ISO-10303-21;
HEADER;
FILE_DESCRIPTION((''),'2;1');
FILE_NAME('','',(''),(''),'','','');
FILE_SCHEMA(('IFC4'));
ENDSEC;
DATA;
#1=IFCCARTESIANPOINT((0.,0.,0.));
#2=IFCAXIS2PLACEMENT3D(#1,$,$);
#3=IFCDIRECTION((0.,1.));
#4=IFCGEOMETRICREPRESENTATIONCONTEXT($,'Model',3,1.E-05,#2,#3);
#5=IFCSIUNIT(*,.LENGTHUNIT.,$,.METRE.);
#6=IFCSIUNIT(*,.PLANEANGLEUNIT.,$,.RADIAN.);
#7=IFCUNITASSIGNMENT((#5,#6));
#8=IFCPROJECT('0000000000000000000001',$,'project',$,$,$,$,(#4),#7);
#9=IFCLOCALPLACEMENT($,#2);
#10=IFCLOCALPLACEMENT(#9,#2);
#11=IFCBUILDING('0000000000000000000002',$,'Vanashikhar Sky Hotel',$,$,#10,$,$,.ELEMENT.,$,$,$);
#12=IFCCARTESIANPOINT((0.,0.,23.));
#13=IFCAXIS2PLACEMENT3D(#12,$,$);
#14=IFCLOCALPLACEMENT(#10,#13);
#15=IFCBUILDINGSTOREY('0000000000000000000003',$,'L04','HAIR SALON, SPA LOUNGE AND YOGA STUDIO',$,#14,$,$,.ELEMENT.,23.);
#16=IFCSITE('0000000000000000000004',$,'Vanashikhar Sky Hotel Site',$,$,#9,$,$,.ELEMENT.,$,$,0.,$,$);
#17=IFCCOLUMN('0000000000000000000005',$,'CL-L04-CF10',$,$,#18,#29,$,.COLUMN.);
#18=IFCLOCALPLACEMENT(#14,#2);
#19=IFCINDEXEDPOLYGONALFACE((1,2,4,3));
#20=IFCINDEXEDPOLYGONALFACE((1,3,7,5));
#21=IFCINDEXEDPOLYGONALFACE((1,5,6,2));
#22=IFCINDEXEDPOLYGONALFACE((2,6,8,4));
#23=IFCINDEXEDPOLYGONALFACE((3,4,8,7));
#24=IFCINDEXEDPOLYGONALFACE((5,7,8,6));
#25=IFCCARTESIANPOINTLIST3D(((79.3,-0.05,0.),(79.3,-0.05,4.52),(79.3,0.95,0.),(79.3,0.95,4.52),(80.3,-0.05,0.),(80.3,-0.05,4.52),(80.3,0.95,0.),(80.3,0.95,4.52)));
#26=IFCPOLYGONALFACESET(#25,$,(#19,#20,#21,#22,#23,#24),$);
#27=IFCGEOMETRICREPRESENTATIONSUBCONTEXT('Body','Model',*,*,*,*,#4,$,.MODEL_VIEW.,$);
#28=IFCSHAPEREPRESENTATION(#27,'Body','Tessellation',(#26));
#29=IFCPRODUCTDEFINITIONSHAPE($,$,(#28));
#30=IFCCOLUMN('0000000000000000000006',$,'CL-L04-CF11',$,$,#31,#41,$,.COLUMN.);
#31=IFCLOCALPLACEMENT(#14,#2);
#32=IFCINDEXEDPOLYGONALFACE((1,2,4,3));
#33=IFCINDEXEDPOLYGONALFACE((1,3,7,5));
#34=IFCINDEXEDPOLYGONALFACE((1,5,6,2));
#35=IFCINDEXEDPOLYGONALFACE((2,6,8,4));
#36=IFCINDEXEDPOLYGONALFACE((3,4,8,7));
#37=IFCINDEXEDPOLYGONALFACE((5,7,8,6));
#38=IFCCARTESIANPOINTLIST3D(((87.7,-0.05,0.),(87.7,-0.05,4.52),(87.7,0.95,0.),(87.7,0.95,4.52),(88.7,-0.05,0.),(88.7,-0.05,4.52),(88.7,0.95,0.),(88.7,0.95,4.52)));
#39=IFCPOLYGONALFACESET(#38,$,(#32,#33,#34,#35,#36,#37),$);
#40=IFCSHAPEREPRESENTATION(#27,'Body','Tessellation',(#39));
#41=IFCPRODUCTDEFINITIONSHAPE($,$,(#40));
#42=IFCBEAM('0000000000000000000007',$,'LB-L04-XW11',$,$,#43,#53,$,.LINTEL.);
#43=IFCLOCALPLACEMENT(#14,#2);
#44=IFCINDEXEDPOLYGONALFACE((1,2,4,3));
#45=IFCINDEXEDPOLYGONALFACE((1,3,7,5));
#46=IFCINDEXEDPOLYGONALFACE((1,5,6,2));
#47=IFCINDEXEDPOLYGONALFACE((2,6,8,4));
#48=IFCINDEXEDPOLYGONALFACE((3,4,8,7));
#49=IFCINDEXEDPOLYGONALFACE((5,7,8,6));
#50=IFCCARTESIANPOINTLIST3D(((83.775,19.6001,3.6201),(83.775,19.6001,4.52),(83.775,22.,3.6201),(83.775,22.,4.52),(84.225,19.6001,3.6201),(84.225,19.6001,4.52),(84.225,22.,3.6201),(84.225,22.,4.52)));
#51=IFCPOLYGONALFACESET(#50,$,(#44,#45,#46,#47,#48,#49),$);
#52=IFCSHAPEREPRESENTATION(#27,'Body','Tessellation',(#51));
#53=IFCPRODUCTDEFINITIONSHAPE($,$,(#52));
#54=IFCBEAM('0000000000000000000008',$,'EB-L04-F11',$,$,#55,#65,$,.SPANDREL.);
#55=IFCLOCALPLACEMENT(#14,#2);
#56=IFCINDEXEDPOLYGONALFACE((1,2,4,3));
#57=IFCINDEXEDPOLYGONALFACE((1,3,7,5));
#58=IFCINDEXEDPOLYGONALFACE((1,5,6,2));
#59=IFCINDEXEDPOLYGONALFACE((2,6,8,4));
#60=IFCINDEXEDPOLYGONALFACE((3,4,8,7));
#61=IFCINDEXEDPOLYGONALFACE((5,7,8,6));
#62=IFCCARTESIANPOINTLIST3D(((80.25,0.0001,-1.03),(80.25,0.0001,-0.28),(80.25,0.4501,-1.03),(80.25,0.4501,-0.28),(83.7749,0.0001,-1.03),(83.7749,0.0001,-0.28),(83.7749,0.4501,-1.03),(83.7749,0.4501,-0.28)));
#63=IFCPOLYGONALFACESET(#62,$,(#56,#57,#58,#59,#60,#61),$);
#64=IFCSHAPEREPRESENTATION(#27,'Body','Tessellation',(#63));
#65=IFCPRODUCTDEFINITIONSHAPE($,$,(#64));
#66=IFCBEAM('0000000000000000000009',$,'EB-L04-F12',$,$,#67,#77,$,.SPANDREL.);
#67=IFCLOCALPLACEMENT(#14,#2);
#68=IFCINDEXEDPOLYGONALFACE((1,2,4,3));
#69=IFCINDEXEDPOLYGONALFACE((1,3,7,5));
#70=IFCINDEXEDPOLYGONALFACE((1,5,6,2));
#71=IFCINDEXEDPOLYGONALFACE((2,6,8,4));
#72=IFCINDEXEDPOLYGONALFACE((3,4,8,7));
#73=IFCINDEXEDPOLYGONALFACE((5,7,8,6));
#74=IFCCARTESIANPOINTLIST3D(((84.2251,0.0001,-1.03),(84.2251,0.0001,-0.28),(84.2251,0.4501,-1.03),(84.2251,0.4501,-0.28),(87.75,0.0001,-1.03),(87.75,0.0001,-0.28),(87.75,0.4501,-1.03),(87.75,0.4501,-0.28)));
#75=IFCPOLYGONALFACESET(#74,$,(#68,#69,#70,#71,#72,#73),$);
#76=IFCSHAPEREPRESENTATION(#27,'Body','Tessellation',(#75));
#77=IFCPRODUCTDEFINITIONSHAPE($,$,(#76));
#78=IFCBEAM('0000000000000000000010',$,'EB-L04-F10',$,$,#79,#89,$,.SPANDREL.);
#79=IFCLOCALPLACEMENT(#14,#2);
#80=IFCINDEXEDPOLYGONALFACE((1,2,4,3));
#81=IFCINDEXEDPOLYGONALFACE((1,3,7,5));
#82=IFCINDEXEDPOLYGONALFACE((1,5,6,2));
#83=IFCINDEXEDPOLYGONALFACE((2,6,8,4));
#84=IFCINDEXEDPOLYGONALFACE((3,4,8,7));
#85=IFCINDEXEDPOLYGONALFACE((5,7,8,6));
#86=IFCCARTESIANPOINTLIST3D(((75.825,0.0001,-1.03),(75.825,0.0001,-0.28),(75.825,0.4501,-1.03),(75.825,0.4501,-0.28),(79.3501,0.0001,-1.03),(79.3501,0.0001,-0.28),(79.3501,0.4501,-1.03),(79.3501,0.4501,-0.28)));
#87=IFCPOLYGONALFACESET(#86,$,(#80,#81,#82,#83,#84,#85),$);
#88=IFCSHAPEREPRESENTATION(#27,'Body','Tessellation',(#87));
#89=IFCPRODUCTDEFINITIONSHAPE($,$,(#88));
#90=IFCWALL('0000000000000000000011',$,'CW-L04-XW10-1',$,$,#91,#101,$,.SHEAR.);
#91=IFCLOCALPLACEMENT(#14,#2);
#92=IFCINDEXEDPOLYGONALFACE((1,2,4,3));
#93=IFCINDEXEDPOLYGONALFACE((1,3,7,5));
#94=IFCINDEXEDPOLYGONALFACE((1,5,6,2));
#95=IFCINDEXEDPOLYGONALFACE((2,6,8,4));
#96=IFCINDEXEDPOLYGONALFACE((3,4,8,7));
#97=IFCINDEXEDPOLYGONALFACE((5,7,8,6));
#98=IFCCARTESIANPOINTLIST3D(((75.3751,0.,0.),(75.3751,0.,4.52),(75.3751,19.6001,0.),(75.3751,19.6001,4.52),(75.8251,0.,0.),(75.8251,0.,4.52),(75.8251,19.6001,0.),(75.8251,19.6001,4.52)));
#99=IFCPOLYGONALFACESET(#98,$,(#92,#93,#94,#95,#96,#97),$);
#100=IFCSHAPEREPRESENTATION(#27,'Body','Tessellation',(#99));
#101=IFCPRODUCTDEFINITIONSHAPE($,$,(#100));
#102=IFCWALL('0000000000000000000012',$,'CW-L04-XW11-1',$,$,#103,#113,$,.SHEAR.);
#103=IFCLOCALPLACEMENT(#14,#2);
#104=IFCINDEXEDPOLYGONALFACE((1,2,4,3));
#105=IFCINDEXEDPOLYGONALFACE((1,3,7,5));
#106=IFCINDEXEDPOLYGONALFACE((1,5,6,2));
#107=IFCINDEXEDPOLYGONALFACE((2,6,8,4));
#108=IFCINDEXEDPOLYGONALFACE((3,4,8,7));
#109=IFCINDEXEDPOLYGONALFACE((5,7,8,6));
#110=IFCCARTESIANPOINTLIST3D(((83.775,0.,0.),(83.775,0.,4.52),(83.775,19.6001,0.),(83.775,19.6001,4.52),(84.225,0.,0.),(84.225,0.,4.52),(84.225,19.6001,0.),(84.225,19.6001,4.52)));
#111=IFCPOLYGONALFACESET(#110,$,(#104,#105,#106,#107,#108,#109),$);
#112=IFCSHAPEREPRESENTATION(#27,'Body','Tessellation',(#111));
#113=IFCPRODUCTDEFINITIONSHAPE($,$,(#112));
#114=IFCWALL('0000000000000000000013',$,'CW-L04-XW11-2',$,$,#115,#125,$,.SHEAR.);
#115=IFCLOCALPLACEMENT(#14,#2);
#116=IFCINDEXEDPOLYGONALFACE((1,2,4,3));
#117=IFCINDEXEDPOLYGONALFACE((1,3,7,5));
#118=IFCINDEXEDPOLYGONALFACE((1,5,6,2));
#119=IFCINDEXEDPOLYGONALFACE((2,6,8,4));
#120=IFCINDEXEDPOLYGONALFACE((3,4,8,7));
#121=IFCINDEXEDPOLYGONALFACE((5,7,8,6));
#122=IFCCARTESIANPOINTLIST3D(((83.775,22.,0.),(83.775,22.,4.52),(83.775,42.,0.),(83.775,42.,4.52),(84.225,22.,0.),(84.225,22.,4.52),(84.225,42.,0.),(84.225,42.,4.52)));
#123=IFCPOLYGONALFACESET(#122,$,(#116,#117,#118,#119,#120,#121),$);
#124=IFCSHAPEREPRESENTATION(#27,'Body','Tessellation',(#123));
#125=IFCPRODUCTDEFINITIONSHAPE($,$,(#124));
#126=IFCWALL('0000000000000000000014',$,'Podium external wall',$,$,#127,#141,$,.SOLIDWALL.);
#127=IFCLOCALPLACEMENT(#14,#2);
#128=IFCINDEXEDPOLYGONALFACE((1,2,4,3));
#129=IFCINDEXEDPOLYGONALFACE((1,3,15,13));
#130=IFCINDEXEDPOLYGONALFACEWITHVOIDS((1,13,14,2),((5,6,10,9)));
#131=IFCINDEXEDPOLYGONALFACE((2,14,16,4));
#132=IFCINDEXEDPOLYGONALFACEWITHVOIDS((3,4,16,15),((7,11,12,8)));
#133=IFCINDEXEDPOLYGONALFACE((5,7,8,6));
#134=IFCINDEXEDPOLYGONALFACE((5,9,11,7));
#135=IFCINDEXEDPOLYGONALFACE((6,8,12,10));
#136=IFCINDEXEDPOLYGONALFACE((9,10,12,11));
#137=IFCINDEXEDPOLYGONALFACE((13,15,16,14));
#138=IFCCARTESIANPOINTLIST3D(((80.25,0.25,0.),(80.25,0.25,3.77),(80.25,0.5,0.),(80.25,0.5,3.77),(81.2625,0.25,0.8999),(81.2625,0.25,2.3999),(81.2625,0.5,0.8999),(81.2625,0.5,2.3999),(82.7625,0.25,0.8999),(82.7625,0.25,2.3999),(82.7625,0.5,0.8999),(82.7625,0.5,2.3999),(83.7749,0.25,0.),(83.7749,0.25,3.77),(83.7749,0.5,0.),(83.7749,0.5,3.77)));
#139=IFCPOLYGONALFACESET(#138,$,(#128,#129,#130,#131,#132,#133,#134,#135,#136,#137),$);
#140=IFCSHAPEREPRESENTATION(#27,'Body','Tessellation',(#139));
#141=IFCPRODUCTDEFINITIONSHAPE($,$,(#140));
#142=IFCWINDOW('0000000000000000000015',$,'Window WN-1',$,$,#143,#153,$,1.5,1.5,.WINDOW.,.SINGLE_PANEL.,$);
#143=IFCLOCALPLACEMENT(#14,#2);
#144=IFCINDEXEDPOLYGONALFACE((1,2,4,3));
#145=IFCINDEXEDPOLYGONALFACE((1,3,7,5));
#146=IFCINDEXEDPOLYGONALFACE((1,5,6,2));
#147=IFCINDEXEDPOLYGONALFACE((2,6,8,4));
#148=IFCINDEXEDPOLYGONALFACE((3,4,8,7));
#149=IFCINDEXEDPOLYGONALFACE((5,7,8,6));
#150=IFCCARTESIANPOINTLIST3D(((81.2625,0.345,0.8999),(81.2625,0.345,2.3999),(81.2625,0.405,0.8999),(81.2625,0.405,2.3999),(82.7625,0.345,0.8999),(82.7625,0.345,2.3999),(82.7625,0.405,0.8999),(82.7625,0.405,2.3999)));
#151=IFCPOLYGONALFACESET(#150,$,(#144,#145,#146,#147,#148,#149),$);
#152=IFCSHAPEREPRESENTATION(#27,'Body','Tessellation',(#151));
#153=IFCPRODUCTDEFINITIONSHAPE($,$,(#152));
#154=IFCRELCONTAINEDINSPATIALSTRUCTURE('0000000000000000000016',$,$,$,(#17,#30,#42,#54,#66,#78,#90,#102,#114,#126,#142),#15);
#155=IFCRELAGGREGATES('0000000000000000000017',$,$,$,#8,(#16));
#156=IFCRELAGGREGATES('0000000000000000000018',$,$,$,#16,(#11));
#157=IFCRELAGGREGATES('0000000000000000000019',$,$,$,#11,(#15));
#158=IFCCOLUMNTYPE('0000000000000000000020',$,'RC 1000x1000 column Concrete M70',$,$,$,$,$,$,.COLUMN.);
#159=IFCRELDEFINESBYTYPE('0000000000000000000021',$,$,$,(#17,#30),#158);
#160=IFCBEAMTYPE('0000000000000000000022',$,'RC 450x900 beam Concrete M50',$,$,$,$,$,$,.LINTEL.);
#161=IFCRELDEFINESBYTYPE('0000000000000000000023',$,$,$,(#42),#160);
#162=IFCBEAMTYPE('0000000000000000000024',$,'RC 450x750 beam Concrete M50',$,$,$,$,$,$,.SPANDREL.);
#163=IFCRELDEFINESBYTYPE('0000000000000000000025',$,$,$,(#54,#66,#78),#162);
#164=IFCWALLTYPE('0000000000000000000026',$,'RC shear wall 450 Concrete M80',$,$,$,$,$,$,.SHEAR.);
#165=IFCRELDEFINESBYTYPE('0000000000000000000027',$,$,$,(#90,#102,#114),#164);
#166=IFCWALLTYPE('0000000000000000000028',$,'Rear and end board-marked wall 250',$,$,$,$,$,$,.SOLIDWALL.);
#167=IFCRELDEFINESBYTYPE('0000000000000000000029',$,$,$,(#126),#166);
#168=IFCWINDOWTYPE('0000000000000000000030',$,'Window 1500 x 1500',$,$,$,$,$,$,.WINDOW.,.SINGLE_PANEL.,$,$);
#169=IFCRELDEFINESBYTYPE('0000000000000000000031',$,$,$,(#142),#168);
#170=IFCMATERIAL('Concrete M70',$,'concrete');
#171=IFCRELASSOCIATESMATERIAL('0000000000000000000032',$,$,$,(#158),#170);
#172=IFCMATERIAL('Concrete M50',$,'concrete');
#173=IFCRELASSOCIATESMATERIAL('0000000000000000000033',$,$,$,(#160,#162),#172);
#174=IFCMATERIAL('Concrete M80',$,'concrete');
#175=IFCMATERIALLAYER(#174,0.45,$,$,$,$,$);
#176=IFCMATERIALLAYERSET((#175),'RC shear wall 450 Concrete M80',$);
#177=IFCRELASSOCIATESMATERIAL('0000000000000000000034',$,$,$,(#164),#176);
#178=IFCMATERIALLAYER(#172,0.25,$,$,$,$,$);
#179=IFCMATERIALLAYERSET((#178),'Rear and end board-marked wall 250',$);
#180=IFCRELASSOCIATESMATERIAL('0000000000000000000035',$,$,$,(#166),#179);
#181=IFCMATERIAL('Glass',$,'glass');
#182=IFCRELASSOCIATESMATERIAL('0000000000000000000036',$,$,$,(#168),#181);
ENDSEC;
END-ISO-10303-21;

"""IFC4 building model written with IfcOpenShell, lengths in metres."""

from ifc_helpers import new_model, si_unit, direction, frame, frame_2d, origin, origin_2d, place, context, subcontext, project, spatial, rectangle, extrude, source, transform, mapped, material, layer, layer_set, material_profile, profile_set, type_object, element, fill, save


model = new_model("IFC4")

# Units and contexts
model_context = context("Model", 3, precision=1e-05, world=origin(), true_north=direction((0.0, 1.0)))
body_context = subcontext(model_context, "Body", "Model", "MODEL_VIEW")
ifc_project = project(units=[si_unit("LENGTHUNIT", "METRE"), si_unit("PLANEANGLEUNIT", "RADIAN")], contexts=[model_context])

# Site, building, storey
site_placement = place(None, origin())
site = spatial("IfcSite", under=ifc_project, at=site_placement, Name="Vanashikhar Sky Hotel Site", CompositionType="ELEMENT", RefElevation=0.0)
building_placement = place(site_placement, origin())
building = spatial("IfcBuilding", under=site, at=building_placement, Name="Vanashikhar Sky Hotel", CompositionType="ELEMENT")
storey_placement = place(building_placement, frame((0.0, 0.0, 23.0)))
storey = spatial("IfcBuildingStorey", under=building, at=storey_placement, Name="L04", Description="HAIR SALON, SPA LOUNGE AND YOGA STUDIO", CompositionType="ELEMENT", Elevation=23.0)

# Columns
ifc_material_1 = material(Name="Concrete M70", Category="concrete")
ifc_material_profile_1 = material_profile(ifc_material_1, rectangle(XDim=1.0, YDim=1.0, at=origin_2d()))
ifc_profile_set_1 = profile_set([ifc_material_profile_1], Name="RC 1000x1000 column Concrete M70")
column_type = type_object("IfcColumnType", Name="RC 1000x1000 column Concrete M70", PredefinedType="COLUMN", material=ifc_profile_set_1)
shared_shape_1 = source(origin(), body_context, "Body", "SweptSolid", [
    extrude(rectangle(XDim=1.0, YDim=1.0, at=origin_2d()), origin(), (0.0, 0.0, 1.0), 4.52),
])
for number, where, z_axis, x_axis, name in (
    (1, (79.8, 0.45, 0.0), (0.0, 0.0, 1.0), (1.0, 0.0, 0.0), "CL-L04-CF10"),
    (2, (88.2, 0.45, 0.0), (0.0, 0.0, 1.0), (1.0, 0.0, 0.0), "CL-L04-CF11"),
):
    element("IfcColumn", number, at=place(storey_placement, frame(where, z_axis=z_axis, x_axis=x_axis)), inside=storey, type_object=column_type, Name=name, PredefinedType="COLUMN", context=body_context, shape_type="MappedRepresentation", body=[
        mapped(shared_shape_1, transform((0.0, 0.0, 0.0), scale=1.0)),
    ])

# Beams
ifc_material_2 = material(Name="Concrete M50", Category="concrete")
ifc_material_profile_2 = material_profile(ifc_material_2, rectangle(XDim=0.45, YDim=0.8999, at=origin_2d()))
ifc_profile_set_2 = profile_set([ifc_material_profile_2], Name="RC 450x900 beam Concrete M50")
beam_type_1 = type_object("IfcBeamType", Name="RC 450x900 beam Concrete M50", PredefinedType="LINTEL", material=ifc_profile_set_2)
shared_shape_2 = source(origin(), body_context, "Body", "SweptSolid", [
    extrude(rectangle(XDim=0.45, YDim=0.8999, at=origin_2d()), origin(), (0.0, 0.0, 1.0), 2.3999),
])
beam_1_placement = place(storey_placement, frame((84.0, 19.6001, 4.0701), z_axis=(0.0, 1.0, 0.0), x_axis=(-1.0, 0.0, 0.0)))
element("IfcBeam", 3, at=beam_1_placement, inside=storey, type_object=beam_type_1, Name="LB-L04-XW11", PredefinedType="LINTEL", context=body_context, shape_type="MappedRepresentation", body=[
    mapped(shared_shape_2, transform((0.0, 0.0, 0.0), scale=1.0)),
])
ifc_material_profile_3 = material_profile(ifc_material_2, rectangle(XDim=0.45, YDim=0.75, at=origin_2d()))
ifc_profile_set_3 = profile_set([ifc_material_profile_3], Name="RC 450x750 beam Concrete M50")
beam_type_2 = type_object("IfcBeamType", Name="RC 450x750 beam Concrete M50", PredefinedType="SPANDREL", material=ifc_profile_set_3)
shared_shape_3 = source(origin(), body_context, "Body", "SweptSolid", [
    extrude(rectangle(XDim=0.45, YDim=0.75, at=origin_2d()), origin(), (0.0, 0.0, 1.0), 3.5249),
])
for number, where, z_axis, x_axis, name in (
    (4, (80.25, 0.2251, -0.655), (1.0, 0.0, 0.0), (0.0, 1.0, 0.0), "EB-L04-F11"),
    (5, (84.2251, 0.2251, -0.655), (1.0, 0.0, 0.0), (0.0, 1.0, 0.0), "EB-L04-F12"),
):
    element("IfcBeam", number, at=place(storey_placement, frame(where, z_axis=z_axis, x_axis=x_axis)), inside=storey, type_object=beam_type_2, Name=name, PredefinedType="SPANDREL", context=body_context, shape_type="MappedRepresentation", body=[
        mapped(shared_shape_3, transform((0.0, 0.0, 0.0), scale=1.0)),
    ])
shared_shape_4 = source(origin(), body_context, "Body", "SweptSolid", [
    extrude(rectangle(XDim=0.45, YDim=0.75, at=origin_2d()), origin(), (0.0, 0.0, 1.0), 3.5251),
])
beam_2_placement = place(storey_placement, frame((75.825, 0.2251, -0.655), z_axis=(1.0, 0.0, 0.0), x_axis=(0.0, 1.0, 0.0)))
element("IfcBeam", 6, at=beam_2_placement, inside=storey, type_object=beam_type_2, Name="EB-L04-F10", PredefinedType="SPANDREL", context=body_context, shape_type="MappedRepresentation", body=[
    mapped(shared_shape_4, transform((0.0, 0.0, 0.0), scale=1.0)),
])

# Walls
ifc_material_3 = material(Name="Concrete M80", Category="concrete")
ifc_layer_1 = layer(ifc_material_3, 0.45)
ifc_layer_set_1 = layer_set([ifc_layer_1], Name="RC shear wall 450 Concrete M80")
wall_type_1 = type_object("IfcWallType", Name="RC shear wall 450 Concrete M80", PredefinedType="SHEAR", material=ifc_layer_set_1)
shared_shape_5 = source(origin(), body_context, "Body", "SweptSolid", [
    extrude(rectangle(XDim=19.6001, YDim=0.45, at=frame_2d((9.8, 0.0))), origin(), (0.0, 0.0, 1.0), 4.52),
])
for number, where, z_axis, x_axis, name in (
    (7, (75.6001, 0.0, 0.0), (0.0, 0.0, 1.0), (0.0, 1.0, 0.0), "CW-L04-XW10-1"),
    (8, (84.0, 0.0, 0.0), (0.0, 0.0, 1.0), (0.0, 1.0, 0.0), "CW-L04-XW11-1"),
):
    element("IfcWall", number, at=place(storey_placement, frame(where, z_axis=z_axis, x_axis=x_axis)), inside=storey, type_object=wall_type_1, Name=name, PredefinedType="SHEAR", context=body_context, shape_type="MappedRepresentation", body=[
        mapped(shared_shape_5, transform((0.0, 0.0, 0.0), scale=1.0)),
    ])
shared_shape_6 = source(origin(), body_context, "Body", "SweptSolid", [
    extrude(rectangle(XDim=20.0, YDim=0.45, at=frame_2d((10.0, 0.0))), origin(), (0.0, 0.0, 1.0), 4.52),
])
wall_1_placement = place(storey_placement, frame((84.0, 22.0, 0.0), z_axis=(0.0, 0.0, 1.0), x_axis=(0.0, 1.0, 0.0)))
element("IfcWall", 9, at=wall_1_placement, inside=storey, type_object=wall_type_1, Name="CW-L04-XW11-2", PredefinedType="SHEAR", context=body_context, shape_type="MappedRepresentation", body=[
    mapped(shared_shape_6, transform((0.0, 0.0, 0.0), scale=1.0)),
])

# Wall, opening, window
ifc_layer_2 = layer(ifc_material_2, 0.25)
ifc_layer_set_2 = layer_set([ifc_layer_2], Name="Rear and end board-marked wall 250")
wall_type_2 = type_object("IfcWallType", Name="Rear and end board-marked wall 250", PredefinedType="SOLIDWALL", material=ifc_layer_set_2)
shared_shape_7 = source(origin(), body_context, "Body", "SweptSolid", [
    extrude(rectangle(XDim=3.5249, YDim=0.25, at=frame_2d((1.7625, 0.0))), origin(), (0.0, 0.0, 1.0), 3.77),
])
wall_2_placement = place(storey_placement, frame((80.25, 0.375, 0.0), z_axis=(0.0, 0.0, 1.0), x_axis=(1.0, 0.0, 0.0)))
wall_2 = element("IfcWall", 10, at=wall_2_placement, inside=storey, type_object=wall_type_2, Name="Podium external wall", PredefinedType="SOLIDWALL", context=body_context, shape_type="MappedRepresentation", body=[
    mapped(shared_shape_7, transform((0.0, 0.0, 0.0), scale=1.0)),
])
shared_shape_8 = source(origin(), body_context, "Body", "SweptSolid", [
    extrude(rectangle(XDim=1.5, YDim=1.5, at=frame_2d((0.75, 0.75))), frame((0.0, 0.135, 0.0), z_axis=(0.0, -1.0, 0.0), x_axis=(1.0, 0.0, 0.0)), (0.0, 0.0, 1.0), 0.27),
])
opening_1_placement = place(wall_2_placement, frame((1.0125, 0.0, 0.8999)))
opening_1 = element("IfcOpeningElement", 11, at=opening_1_placement, cuts=wall_2, PredefinedType="OPENING", context=body_context, shape_type="MappedRepresentation", body=[
    mapped(shared_shape_8, transform((0.0, 0.0, 0.0), scale=1.0)),
])
ifc_material_4 = material(Name="Glass", Category="glass")
window_type = type_object("IfcWindowType", Name="Window 1500 x 1500", PartitioningType="SINGLE_PANEL", PredefinedType="WINDOW", material=ifc_material_4)
shared_shape_9 = source(origin(), body_context, "Body", "SweptSolid", [
    extrude(rectangle(XDim=1.5, YDim=1.5, at=frame_2d((0.75, 0.75))), frame((0.0, 0.03, 0.0), z_axis=(0.0, -1.0, 0.0), x_axis=(1.0, 0.0, 0.0)), (0.0, 0.0, 1.0), 0.0601),
])
window_1_placement = place(opening_1_placement, origin())
window_1 = element("IfcWindow", 12, at=window_1_placement, inside=storey, type_object=window_type, Name="Window WN-1", OverallHeight=1.5, OverallWidth=1.5, PartitioningType="SINGLE_PANEL", PredefinedType="WINDOW", context=body_context, shape_type="MappedRepresentation", body=[
    mapped(shared_shape_9, transform((0.0, 0.0, 0.0), scale=1.0)),
])
fill(opening_1, window_1)

save(model, "model.ifc")
